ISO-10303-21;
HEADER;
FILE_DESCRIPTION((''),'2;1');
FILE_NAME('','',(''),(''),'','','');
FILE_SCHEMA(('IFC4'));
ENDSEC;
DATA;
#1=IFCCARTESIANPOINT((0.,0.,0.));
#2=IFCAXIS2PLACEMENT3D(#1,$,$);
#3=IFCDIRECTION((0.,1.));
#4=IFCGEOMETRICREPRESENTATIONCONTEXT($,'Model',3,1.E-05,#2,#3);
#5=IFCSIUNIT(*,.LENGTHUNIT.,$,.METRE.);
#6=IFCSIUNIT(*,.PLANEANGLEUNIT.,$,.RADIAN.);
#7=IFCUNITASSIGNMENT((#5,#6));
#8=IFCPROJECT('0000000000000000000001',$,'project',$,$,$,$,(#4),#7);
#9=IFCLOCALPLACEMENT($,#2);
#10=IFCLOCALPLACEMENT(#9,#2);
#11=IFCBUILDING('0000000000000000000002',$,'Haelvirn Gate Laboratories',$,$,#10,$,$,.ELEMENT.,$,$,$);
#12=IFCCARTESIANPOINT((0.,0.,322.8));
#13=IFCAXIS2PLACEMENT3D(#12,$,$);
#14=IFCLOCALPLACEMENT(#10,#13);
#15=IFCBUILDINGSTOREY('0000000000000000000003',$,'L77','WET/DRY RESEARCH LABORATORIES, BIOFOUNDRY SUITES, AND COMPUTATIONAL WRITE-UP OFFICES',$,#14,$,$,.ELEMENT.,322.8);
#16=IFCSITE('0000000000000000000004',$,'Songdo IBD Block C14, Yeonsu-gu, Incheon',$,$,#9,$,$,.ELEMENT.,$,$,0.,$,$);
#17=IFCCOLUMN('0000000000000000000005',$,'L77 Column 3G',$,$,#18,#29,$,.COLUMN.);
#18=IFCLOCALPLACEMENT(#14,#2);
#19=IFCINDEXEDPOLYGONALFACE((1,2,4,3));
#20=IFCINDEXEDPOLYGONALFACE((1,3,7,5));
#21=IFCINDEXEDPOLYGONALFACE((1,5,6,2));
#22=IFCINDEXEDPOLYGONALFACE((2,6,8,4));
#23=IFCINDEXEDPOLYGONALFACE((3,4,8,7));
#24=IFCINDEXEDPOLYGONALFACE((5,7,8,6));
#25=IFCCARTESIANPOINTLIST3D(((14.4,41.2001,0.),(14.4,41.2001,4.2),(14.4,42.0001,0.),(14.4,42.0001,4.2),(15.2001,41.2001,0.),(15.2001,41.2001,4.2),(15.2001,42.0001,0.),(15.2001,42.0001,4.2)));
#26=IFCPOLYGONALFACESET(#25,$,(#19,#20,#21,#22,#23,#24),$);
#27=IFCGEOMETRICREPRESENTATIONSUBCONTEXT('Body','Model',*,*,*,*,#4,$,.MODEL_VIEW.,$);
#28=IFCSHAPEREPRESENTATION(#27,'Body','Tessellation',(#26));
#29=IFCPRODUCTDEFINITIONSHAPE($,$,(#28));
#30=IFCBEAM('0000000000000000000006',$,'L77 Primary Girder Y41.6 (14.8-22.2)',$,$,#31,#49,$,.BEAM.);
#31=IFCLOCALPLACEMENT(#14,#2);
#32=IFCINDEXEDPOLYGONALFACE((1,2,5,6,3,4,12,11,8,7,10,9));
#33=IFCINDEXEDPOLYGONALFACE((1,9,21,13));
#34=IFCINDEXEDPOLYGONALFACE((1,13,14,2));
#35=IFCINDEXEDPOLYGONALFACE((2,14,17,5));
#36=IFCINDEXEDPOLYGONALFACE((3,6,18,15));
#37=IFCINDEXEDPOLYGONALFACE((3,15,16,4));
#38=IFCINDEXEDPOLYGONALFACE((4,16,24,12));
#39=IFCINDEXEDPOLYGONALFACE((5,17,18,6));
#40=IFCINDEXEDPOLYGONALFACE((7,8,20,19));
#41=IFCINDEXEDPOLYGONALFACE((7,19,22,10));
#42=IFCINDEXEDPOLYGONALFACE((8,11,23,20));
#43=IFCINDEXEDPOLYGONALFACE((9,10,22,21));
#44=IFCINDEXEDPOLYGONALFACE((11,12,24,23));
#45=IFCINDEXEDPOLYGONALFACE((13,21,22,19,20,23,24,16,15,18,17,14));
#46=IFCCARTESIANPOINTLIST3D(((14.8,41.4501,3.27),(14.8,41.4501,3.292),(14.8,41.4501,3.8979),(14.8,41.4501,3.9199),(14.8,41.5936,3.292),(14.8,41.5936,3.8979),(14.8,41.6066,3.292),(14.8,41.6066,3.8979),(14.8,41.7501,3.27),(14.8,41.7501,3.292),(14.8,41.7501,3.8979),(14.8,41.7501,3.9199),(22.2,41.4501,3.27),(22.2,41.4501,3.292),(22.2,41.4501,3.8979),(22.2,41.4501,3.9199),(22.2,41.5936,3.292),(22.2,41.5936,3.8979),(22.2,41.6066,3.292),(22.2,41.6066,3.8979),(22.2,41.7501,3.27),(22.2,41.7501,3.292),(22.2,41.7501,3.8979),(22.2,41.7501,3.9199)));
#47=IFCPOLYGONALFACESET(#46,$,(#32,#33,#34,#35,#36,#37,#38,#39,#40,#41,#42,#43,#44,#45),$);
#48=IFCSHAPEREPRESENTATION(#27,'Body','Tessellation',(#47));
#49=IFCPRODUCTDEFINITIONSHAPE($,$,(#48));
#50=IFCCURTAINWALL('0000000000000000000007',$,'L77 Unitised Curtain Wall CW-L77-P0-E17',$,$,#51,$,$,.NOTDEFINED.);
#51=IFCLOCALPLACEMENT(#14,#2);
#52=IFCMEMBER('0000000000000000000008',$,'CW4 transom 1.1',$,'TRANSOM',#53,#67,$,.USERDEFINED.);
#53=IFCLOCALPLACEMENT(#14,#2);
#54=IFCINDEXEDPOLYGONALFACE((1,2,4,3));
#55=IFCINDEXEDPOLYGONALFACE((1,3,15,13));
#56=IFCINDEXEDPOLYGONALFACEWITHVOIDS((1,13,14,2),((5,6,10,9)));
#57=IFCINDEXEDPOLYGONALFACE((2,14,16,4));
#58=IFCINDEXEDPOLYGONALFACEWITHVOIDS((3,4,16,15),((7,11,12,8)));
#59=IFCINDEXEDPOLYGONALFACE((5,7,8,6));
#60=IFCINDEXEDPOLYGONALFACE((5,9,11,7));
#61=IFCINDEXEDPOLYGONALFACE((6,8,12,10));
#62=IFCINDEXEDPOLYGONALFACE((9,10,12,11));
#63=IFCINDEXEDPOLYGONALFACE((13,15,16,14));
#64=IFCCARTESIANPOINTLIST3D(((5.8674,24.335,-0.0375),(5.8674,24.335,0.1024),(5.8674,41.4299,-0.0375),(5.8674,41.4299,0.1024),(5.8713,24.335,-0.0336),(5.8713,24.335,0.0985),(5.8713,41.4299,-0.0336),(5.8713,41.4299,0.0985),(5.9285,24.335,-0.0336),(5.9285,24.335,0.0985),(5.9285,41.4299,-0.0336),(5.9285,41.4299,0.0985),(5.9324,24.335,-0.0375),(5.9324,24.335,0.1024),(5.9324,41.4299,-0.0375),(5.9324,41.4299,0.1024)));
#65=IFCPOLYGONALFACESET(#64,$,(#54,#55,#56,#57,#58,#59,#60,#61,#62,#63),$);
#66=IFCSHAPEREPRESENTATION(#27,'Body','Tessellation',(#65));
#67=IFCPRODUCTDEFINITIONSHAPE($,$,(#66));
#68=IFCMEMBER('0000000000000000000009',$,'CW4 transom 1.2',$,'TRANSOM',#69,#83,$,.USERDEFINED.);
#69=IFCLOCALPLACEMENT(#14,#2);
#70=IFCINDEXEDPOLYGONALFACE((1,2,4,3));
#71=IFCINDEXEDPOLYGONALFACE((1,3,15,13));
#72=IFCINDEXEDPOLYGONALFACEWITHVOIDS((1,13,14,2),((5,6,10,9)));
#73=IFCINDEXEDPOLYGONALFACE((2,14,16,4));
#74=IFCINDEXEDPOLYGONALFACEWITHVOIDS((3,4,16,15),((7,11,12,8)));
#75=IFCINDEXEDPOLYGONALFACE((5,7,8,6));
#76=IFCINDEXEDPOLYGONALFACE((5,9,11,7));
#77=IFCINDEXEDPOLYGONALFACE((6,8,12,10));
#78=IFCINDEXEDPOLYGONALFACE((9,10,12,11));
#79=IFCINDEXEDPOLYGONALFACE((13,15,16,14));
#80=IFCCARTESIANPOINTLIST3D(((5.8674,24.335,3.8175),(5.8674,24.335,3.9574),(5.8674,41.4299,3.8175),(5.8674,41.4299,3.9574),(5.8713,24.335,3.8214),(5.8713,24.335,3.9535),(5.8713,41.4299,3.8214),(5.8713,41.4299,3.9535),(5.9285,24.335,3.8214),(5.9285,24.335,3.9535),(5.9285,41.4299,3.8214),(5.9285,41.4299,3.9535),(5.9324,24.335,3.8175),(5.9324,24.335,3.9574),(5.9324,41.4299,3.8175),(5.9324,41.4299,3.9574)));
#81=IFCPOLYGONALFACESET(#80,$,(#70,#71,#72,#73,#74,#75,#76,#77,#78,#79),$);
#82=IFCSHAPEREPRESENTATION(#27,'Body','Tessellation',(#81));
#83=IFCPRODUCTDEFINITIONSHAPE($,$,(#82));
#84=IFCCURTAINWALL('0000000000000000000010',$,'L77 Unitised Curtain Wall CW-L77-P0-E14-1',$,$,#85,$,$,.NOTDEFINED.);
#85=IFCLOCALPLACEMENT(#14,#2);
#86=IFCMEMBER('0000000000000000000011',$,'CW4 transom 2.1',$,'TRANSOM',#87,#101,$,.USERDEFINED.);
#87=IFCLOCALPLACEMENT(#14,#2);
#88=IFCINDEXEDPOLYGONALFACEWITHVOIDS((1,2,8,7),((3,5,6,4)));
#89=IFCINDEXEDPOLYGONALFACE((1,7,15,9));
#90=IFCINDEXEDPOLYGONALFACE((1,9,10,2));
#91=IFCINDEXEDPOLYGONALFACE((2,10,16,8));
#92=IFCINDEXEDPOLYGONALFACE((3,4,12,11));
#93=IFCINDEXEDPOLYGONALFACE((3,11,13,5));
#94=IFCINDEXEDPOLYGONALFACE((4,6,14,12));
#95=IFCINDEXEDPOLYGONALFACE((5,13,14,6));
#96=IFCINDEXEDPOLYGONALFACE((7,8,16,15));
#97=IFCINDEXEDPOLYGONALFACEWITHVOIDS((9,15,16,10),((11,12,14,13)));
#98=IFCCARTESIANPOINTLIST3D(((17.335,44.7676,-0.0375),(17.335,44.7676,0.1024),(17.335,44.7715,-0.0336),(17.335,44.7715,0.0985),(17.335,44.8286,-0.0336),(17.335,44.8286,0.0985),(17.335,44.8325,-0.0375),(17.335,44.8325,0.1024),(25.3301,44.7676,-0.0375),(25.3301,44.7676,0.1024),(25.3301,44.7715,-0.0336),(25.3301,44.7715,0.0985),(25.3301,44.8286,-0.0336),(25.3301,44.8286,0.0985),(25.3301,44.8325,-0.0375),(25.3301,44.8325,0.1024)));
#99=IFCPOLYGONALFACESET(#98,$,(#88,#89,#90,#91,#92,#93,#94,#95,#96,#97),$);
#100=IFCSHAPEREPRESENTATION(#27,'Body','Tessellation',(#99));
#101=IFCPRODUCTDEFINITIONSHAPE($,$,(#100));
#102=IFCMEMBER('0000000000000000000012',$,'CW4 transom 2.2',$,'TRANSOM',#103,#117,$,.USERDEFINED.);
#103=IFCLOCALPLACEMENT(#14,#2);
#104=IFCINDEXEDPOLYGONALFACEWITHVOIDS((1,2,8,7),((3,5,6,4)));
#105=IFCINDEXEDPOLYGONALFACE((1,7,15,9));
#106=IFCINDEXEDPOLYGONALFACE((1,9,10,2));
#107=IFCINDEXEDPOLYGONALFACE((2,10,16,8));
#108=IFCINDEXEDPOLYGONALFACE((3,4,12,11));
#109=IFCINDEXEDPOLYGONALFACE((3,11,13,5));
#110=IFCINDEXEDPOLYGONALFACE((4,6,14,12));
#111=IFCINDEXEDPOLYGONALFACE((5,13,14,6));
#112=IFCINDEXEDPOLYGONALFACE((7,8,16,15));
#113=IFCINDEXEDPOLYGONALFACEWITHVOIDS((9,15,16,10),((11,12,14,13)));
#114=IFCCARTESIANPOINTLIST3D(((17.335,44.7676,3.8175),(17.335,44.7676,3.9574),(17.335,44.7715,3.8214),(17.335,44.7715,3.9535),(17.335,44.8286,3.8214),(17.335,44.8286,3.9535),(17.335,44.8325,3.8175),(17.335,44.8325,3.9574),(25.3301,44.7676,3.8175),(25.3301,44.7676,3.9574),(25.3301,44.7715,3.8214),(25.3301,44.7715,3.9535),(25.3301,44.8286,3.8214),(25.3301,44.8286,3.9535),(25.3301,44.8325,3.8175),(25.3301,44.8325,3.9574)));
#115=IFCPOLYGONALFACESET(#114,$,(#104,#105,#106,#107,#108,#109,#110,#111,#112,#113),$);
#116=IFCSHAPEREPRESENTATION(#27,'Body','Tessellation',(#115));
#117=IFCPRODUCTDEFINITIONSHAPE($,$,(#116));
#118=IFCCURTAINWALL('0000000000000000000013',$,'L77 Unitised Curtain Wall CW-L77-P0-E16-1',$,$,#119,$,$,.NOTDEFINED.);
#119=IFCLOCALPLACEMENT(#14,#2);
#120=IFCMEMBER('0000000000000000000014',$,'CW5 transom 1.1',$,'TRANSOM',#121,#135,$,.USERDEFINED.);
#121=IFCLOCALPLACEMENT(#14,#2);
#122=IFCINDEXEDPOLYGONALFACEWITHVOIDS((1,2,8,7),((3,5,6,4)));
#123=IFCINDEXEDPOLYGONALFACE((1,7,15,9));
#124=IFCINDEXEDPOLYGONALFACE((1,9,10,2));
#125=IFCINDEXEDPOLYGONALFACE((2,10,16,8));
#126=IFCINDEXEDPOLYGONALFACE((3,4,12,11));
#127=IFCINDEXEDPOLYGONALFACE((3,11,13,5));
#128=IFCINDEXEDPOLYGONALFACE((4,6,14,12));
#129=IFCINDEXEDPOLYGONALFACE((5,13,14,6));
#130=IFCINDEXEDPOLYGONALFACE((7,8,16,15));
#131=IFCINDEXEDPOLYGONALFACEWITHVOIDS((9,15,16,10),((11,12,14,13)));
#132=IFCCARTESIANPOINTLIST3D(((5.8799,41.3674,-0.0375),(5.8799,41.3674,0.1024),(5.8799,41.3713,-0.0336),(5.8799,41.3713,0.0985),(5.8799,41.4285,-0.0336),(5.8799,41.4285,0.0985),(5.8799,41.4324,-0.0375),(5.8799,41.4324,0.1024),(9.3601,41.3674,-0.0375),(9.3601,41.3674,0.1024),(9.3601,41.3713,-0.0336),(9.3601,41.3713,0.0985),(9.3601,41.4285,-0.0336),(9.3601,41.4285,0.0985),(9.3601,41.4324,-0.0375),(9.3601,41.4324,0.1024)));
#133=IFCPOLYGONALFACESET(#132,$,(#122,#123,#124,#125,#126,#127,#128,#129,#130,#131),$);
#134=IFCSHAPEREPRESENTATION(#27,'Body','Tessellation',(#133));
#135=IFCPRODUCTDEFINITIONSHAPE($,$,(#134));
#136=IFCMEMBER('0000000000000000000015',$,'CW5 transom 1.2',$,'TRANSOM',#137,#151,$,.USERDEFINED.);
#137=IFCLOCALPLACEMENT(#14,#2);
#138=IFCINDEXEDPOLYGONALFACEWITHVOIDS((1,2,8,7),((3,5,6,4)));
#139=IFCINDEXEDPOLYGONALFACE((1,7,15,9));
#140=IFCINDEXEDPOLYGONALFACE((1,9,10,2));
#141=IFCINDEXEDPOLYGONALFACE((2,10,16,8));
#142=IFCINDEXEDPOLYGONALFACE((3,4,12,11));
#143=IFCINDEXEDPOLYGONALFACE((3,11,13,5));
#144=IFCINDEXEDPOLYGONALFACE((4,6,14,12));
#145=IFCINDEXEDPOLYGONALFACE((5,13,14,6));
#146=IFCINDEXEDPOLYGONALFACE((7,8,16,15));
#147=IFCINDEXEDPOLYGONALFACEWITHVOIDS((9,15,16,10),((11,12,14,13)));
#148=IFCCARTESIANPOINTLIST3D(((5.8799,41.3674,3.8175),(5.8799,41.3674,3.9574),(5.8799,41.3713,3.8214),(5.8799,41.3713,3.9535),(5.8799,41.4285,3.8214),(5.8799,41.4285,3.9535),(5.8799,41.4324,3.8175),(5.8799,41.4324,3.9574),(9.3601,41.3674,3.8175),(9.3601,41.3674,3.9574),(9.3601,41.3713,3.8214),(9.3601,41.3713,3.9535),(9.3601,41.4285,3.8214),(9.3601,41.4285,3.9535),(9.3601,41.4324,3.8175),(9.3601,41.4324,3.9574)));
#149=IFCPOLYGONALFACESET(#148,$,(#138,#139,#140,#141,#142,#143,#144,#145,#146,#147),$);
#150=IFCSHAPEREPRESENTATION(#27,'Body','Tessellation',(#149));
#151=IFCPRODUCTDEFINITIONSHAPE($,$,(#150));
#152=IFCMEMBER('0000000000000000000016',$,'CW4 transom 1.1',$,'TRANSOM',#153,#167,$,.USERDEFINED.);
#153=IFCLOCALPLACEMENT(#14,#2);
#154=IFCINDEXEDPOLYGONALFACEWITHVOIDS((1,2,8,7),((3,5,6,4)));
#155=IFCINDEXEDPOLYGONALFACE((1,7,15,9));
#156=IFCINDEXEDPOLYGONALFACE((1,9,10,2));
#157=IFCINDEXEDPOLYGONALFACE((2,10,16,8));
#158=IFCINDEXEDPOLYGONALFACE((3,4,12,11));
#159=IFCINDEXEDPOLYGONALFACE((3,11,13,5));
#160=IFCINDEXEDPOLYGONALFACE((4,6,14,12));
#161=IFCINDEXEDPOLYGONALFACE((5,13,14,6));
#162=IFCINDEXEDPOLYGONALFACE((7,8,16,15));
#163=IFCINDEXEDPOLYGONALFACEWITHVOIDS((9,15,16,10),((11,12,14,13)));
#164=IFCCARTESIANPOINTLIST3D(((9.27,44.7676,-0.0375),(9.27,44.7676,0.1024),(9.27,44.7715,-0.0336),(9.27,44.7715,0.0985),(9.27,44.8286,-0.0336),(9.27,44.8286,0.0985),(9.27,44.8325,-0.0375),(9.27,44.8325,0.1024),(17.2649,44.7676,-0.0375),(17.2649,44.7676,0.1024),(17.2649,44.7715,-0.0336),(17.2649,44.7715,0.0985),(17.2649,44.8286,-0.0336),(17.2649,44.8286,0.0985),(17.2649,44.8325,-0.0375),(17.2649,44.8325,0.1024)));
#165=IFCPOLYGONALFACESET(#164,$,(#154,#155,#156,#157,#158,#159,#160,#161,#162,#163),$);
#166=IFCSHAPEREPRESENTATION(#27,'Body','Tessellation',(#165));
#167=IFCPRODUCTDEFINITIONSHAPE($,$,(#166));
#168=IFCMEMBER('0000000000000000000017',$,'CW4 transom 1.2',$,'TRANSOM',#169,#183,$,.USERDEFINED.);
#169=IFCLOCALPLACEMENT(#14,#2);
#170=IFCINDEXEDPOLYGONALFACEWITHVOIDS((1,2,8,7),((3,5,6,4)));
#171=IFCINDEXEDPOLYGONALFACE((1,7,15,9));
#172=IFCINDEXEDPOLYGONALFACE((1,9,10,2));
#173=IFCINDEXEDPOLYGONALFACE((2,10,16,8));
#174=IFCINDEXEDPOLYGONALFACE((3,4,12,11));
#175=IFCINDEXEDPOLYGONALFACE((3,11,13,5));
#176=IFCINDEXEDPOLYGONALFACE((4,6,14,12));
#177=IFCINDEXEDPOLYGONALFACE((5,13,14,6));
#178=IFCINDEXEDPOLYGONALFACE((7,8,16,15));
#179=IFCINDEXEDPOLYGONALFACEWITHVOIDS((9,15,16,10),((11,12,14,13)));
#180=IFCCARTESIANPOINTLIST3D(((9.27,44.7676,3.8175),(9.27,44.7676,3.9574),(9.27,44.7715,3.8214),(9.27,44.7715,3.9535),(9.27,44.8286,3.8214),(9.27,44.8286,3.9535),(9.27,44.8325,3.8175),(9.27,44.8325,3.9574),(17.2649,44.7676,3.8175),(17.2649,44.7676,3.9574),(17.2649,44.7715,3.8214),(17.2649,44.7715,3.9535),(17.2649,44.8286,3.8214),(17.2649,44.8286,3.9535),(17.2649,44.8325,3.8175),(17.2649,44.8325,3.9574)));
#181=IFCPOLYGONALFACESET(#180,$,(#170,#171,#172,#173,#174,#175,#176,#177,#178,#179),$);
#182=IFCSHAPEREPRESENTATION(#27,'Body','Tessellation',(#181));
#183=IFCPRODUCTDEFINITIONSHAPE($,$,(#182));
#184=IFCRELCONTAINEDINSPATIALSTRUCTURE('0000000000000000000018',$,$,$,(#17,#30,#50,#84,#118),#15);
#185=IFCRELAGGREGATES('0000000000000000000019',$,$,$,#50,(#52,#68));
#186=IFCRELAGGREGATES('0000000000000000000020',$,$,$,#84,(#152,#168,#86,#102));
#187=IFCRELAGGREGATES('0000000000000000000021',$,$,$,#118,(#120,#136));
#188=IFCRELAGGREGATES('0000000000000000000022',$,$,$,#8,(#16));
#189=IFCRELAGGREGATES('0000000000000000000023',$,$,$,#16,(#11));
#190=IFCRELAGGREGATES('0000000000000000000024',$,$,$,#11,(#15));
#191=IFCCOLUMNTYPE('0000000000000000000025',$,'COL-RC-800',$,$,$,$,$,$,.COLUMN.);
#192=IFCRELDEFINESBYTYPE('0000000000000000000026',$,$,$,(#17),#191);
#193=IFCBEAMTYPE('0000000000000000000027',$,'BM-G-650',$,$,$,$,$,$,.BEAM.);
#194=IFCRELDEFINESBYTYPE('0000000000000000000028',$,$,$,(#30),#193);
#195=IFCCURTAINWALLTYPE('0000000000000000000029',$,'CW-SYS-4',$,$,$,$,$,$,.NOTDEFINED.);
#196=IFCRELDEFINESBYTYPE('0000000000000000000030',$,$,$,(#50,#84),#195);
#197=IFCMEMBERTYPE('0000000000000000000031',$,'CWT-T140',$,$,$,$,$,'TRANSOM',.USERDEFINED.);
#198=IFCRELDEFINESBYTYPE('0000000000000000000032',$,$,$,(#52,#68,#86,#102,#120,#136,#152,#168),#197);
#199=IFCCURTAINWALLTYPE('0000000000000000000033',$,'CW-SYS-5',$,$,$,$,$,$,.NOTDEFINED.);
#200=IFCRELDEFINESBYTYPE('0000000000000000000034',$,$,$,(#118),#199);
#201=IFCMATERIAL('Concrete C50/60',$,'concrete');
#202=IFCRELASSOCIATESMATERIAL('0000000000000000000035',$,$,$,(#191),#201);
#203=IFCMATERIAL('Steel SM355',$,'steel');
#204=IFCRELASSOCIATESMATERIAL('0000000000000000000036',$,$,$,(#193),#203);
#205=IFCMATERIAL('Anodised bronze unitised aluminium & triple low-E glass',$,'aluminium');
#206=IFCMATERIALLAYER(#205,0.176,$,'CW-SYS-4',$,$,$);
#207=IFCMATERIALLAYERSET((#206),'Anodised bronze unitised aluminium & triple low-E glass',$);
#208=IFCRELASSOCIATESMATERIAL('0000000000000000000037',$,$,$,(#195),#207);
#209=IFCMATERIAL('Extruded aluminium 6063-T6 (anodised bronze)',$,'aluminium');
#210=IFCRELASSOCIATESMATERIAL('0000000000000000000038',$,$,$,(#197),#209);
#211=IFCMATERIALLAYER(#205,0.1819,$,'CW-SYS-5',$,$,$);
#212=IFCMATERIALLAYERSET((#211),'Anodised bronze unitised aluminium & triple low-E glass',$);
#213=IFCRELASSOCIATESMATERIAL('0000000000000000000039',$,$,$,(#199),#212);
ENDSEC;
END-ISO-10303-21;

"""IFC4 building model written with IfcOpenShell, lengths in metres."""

from ifc_helpers import new_model, si_unit, direction, frame, origin, origin_2d, place, context, subcontext, project, spatial, rectangle, hollow_rectangle, i_section, extrude, source, transform, mapped, material, layer, layer_set, material_profile, profile_set, type_object, type_shapes, element, aggregate, save


model = new_model("IFC4")

# Units and contexts
model_context = context("Model", 3, precision=1e-05, world=origin(), true_north=direction((0.0, 1.0)))
body_context = subcontext(model_context, "Body", "Model", "MODEL_VIEW")
ifc_project = project(units=[si_unit("LENGTHUNIT", "METRE"), si_unit("PLANEANGLEUNIT", "RADIAN")], contexts=[model_context])

# Site, building, storey
site_placement = place(None, origin())
site = spatial("IfcSite", under=ifc_project, at=site_placement, Name="Songdo IBD Block C14, Yeonsu-gu, Incheon", CompositionType="ELEMENT", RefElevation=0.0)
building_placement = place(site_placement, origin())
building = spatial("IfcBuilding", under=site, at=building_placement, Name="Haelvirn Gate Laboratories", CompositionType="ELEMENT")
storey_placement = place(building_placement, frame((0.0, 0.0, 322.8)))
storey = spatial("IfcBuildingStorey", under=building, at=storey_placement, Name="L77", Description="WET/DRY RESEARCH LABORATORIES, BIOFOUNDRY SUITES, AND COMPUTATIONAL WRITE-UP OFFICES", CompositionType="ELEMENT", Elevation=322.8)

# Column
ifc_material_1 = material(Name="Concrete C50/60", Category="concrete")
ifc_material_profile_1 = material_profile(ifc_material_1, rectangle(XDim=0.8, YDim=0.8, at=origin_2d()), Name="RC-800x800")
ifc_profile_set_1 = profile_set([ifc_material_profile_1], Name="Concrete C50/60")
column_type = type_object("IfcColumnType", Name="COL-RC-800", PredefinedType="COLUMN", material=ifc_profile_set_1)
shared_shape_1 = source(origin(), body_context, "Body", "SweptSolid", [
    extrude(rectangle(XDim=0.8, YDim=0.8, at=origin_2d()), origin(), (0.0, 0.0, 1.0), 4.2),
])
type_shapes(column_type, [shared_shape_1])
column_placement = place(storey_placement, frame((14.8, 41.6001, 0.0), z_axis=(0.0, 0.0, 1.0), x_axis=(1.0, 0.0, 0.0)))
element("IfcColumn", 1, at=column_placement, inside=storey, type_object=column_type, Name="L77 Column 3G", PredefinedType="COLUMN", context=body_context, shape_type="MappedRepresentation", body=[
    mapped(shared_shape_1, transform((0.0, 0.0, 0.0), scale=1.0)),
])

# Beam
ifc_material_2 = material(Name="Steel SM355", Category="steel")
ifc_material_profile_2 = material_profile(ifc_material_2, i_section(OverallWidth=0.3, OverallDepth=0.6499, WebThickness=0.0129, FlangeThickness=0.022, at=origin_2d()), Name="H-650x300x13x22")
ifc_profile_set_2 = profile_set([ifc_material_profile_2], Name="Steel SM355")
beam_type = type_object("IfcBeamType", Name="BM-G-650", PredefinedType="BEAM", material=ifc_profile_set_2)
shared_shape_2 = source(origin(), body_context, "Body", "SweptSolid", [
    extrude(i_section(OverallWidth=0.3, OverallDepth=0.6499, WebThickness=0.0129, FlangeThickness=0.022, at=origin_2d()), origin(), (0.0, 0.0, 1.0), 7.3999),
])
type_shapes(beam_type, [shared_shape_2])
beam_placement = place(storey_placement, frame((14.8, 41.6001, 3.595), z_axis=(1.0, 0.0, 0.0), x_axis=(0.0, 1.0, 0.0)))
element("IfcBeam", 2, at=beam_placement, inside=storey, type_object=beam_type, Name="L77 Primary Girder Y41.6 (14.8-22.2)", PredefinedType="BEAM", context=body_context, shape_type="MappedRepresentation", body=[
    mapped(shared_shape_2, transform((0.0, 0.0, 0.0), scale=1.0)),
])

# Curtain walls, members
ifc_material_3 = material(Name="Anodised bronze unitised aluminium & triple low-E glass", Category="aluminium")
ifc_layer_1 = layer(ifc_material_3, 0.176, Name="CW-SYS-4")
ifc_layer_set_1 = layer_set([ifc_layer_1], Name="Anodised bronze unitised aluminium & triple low-E glass")
curtain_wall_type_1 = type_object("IfcCurtainWallType", Name="CW-SYS-4", PredefinedType="NOTDEFINED", material=ifc_layer_set_1)
curtain_wall_1_placement = place(storey_placement, origin())
curtain_wall_1 = element("IfcCurtainWall", 3, at=curtain_wall_1_placement, inside=storey, type_object=curtain_wall_type_1, Name="L77 Unitised Curtain Wall CW-L77-P0-E17", PredefinedType="NOTDEFINED")
ifc_material_4 = material(Name="Extruded aluminium 6063-T6 (anodised bronze)", Category="aluminium")
ifc_material_profile_3 = material_profile(ifc_material_4, hollow_rectangle(XDim=0.0649, YDim=0.1399, WallThickness=0.0039, at=origin_2d()), Name="CWT-140x65x4")
ifc_profile_set_3 = profile_set([ifc_material_profile_3], Name="Extruded aluminium 6063-T6 (anodised bronze)")
member_type_1 = type_object("IfcMemberType", Name="CWT-T140", ElementType="TRANSOM", PredefinedType="USERDEFINED", material=ifc_profile_set_3)
shared_shape_3 = source(origin(), body_context, "Body", "SweptSolid", [
    extrude(hollow_rectangle(XDim=0.0649, YDim=0.1399, WallThickness=0.0039, at=origin_2d()), origin(), (0.0, 0.0, 1.0), 17.095),
])
member_1_placement = place(storey_placement, frame((5.8999, 41.4299, 0.0325), z_axis=(0.0, -1.0, 0.0), x_axis=(1.0, 0.0, 0.0)))
member_1 = element("IfcMember", 4, at=member_1_placement, type_object=member_type_1, Name="CW4 transom 1.1", ObjectType="TRANSOM", PredefinedType="USERDEFINED", context=body_context, shape_type="MappedRepresentation", body=[
    mapped(shared_shape_3, transform((0.0, 0.0, 0.0), scale=1.0)),
])
member_2_placement = place(storey_placement, frame((5.8999, 41.4299, 3.8875), z_axis=(0.0, -1.0, 0.0), x_axis=(1.0, 0.0, 0.0)))
member_2 = element("IfcMember", 5, at=member_2_placement, type_object=member_type_1, Name="CW4 transom 1.2", ObjectType="TRANSOM", PredefinedType="USERDEFINED", context=body_context, shape_type="MappedRepresentation", body=[
    mapped(shared_shape_3, transform((0.0, 0.0, 0.0), scale=1.0)),
])
curtain_wall_2_placement = place(storey_placement, origin())
curtain_wall_2 = element("IfcCurtainWall", 6, at=curtain_wall_2_placement, inside=storey, type_object=curtain_wall_type_1, Name="L77 Unitised Curtain Wall CW-L77-P0-E14-1", PredefinedType="NOTDEFINED")
shared_shape_4 = source(origin(), body_context, "Body", "SweptSolid", [
    extrude(hollow_rectangle(XDim=0.0649, YDim=0.1399, WallThickness=0.0039, at=origin_2d()), origin(), (0.0, 0.0, 1.0), 7.9951),
])
member_3_placement = place(storey_placement, frame((17.335, 44.8, 0.0325), z_axis=(1.0, 0.0, 0.0), x_axis=(0.0, 1.0, 0.0)))
member_3 = element("IfcMember", 7, at=member_3_placement, type_object=member_type_1, Name="CW4 transom 2.1", ObjectType="TRANSOM", PredefinedType="USERDEFINED", context=body_context, shape_type="MappedRepresentation", body=[
    mapped(shared_shape_4, transform((0.0, 0.0, 0.0), scale=1.0)),
])
member_4_placement = place(storey_placement, frame((17.335, 44.8, 3.8875), z_axis=(1.0, 0.0, 0.0), x_axis=(0.0, 1.0, 0.0)))
member_4 = element("IfcMember", 8, at=member_4_placement, type_object=member_type_1, Name="CW4 transom 2.2", ObjectType="TRANSOM", PredefinedType="USERDEFINED", context=body_context, shape_type="MappedRepresentation", body=[
    mapped(shared_shape_4, transform((0.0, 0.0, 0.0), scale=1.0)),
])
ifc_layer_2 = layer(ifc_material_3, 0.1819, Name="CW-SYS-5")
ifc_layer_set_2 = layer_set([ifc_layer_2], Name="Anodised bronze unitised aluminium & triple low-E glass")
curtain_wall_type_2 = type_object("IfcCurtainWallType", Name="CW-SYS-5", PredefinedType="NOTDEFINED", material=ifc_layer_set_2)
curtain_wall_3_placement = place(storey_placement, origin())
curtain_wall_3 = element("IfcCurtainWall", 9, at=curtain_wall_3_placement, inside=storey, type_object=curtain_wall_type_2, Name="L77 Unitised Curtain Wall CW-L77-P0-E16-1", PredefinedType="NOTDEFINED")
shared_shape_5 = source(origin(), body_context, "Body", "SweptSolid", [
    extrude(hollow_rectangle(XDim=0.0649, YDim=0.1399, WallThickness=0.0039, at=origin_2d()), origin(), (0.0, 0.0, 1.0), 3.4802),
])
member_5_placement = place(storey_placement, frame((5.8799, 41.3999, 0.0325), z_axis=(1.0, 0.0, 0.0), x_axis=(0.0, 1.0, 0.0)))
member_5 = element("IfcMember", 10, at=member_5_placement, type_object=member_type_1, Name="CW5 transom 1.1", ObjectType="TRANSOM", PredefinedType="USERDEFINED", context=body_context, shape_type="MappedRepresentation", body=[
    mapped(shared_shape_5, transform((0.0, 0.0, 0.0), scale=1.0)),
])
member_6_placement = place(storey_placement, frame((5.8799, 41.3999, 3.8875), z_axis=(1.0, 0.0, 0.0), x_axis=(0.0, 1.0, 0.0)))
member_6 = element("IfcMember", 11, at=member_6_placement, type_object=member_type_1, Name="CW5 transom 1.2", ObjectType="TRANSOM", PredefinedType="USERDEFINED", context=body_context, shape_type="MappedRepresentation", body=[
    mapped(shared_shape_5, transform((0.0, 0.0, 0.0), scale=1.0)),
])

# Members
shared_shape_6 = source(origin(), body_context, "Body", "SweptSolid", [
    extrude(hollow_rectangle(XDim=0.0649, YDim=0.1399, WallThickness=0.0039, at=origin_2d()), origin(), (0.0, 0.0, 1.0), 7.9949),
])
type_shapes(member_type_1, [shared_shape_3, shared_shape_4, shared_shape_5, shared_shape_6])
member_7_placement = place(storey_placement, frame((9.27, 44.8, 0.0325), z_axis=(1.0, 0.0, 0.0), x_axis=(0.0, 1.0, 0.0)))
member_7 = element("IfcMember", 12, at=member_7_placement, type_object=member_type_1, Name="CW4 transom 1.1", ObjectType="TRANSOM", PredefinedType="USERDEFINED", context=body_context, shape_type="MappedRepresentation", body=[
    mapped(shared_shape_6, transform((0.0, 0.0, 0.0), scale=1.0)),
])
member_8_placement = place(storey_placement, frame((9.27, 44.8, 3.8875), z_axis=(1.0, 0.0, 0.0), x_axis=(0.0, 1.0, 0.0)))
member_8 = element("IfcMember", 13, at=member_8_placement, type_object=member_type_1, Name="CW4 transom 1.2", ObjectType="TRANSOM", PredefinedType="USERDEFINED", context=body_context, shape_type="MappedRepresentation", body=[
    mapped(shared_shape_6, transform((0.0, 0.0, 0.0), scale=1.0)),
])
aggregate(curtain_wall_1, [member_1, member_2])

aggregate(curtain_wall_2, [member_7, member_8, member_3, member_4])
aggregate(curtain_wall_3, [member_5, member_6])

save(model, "model.ifc")
